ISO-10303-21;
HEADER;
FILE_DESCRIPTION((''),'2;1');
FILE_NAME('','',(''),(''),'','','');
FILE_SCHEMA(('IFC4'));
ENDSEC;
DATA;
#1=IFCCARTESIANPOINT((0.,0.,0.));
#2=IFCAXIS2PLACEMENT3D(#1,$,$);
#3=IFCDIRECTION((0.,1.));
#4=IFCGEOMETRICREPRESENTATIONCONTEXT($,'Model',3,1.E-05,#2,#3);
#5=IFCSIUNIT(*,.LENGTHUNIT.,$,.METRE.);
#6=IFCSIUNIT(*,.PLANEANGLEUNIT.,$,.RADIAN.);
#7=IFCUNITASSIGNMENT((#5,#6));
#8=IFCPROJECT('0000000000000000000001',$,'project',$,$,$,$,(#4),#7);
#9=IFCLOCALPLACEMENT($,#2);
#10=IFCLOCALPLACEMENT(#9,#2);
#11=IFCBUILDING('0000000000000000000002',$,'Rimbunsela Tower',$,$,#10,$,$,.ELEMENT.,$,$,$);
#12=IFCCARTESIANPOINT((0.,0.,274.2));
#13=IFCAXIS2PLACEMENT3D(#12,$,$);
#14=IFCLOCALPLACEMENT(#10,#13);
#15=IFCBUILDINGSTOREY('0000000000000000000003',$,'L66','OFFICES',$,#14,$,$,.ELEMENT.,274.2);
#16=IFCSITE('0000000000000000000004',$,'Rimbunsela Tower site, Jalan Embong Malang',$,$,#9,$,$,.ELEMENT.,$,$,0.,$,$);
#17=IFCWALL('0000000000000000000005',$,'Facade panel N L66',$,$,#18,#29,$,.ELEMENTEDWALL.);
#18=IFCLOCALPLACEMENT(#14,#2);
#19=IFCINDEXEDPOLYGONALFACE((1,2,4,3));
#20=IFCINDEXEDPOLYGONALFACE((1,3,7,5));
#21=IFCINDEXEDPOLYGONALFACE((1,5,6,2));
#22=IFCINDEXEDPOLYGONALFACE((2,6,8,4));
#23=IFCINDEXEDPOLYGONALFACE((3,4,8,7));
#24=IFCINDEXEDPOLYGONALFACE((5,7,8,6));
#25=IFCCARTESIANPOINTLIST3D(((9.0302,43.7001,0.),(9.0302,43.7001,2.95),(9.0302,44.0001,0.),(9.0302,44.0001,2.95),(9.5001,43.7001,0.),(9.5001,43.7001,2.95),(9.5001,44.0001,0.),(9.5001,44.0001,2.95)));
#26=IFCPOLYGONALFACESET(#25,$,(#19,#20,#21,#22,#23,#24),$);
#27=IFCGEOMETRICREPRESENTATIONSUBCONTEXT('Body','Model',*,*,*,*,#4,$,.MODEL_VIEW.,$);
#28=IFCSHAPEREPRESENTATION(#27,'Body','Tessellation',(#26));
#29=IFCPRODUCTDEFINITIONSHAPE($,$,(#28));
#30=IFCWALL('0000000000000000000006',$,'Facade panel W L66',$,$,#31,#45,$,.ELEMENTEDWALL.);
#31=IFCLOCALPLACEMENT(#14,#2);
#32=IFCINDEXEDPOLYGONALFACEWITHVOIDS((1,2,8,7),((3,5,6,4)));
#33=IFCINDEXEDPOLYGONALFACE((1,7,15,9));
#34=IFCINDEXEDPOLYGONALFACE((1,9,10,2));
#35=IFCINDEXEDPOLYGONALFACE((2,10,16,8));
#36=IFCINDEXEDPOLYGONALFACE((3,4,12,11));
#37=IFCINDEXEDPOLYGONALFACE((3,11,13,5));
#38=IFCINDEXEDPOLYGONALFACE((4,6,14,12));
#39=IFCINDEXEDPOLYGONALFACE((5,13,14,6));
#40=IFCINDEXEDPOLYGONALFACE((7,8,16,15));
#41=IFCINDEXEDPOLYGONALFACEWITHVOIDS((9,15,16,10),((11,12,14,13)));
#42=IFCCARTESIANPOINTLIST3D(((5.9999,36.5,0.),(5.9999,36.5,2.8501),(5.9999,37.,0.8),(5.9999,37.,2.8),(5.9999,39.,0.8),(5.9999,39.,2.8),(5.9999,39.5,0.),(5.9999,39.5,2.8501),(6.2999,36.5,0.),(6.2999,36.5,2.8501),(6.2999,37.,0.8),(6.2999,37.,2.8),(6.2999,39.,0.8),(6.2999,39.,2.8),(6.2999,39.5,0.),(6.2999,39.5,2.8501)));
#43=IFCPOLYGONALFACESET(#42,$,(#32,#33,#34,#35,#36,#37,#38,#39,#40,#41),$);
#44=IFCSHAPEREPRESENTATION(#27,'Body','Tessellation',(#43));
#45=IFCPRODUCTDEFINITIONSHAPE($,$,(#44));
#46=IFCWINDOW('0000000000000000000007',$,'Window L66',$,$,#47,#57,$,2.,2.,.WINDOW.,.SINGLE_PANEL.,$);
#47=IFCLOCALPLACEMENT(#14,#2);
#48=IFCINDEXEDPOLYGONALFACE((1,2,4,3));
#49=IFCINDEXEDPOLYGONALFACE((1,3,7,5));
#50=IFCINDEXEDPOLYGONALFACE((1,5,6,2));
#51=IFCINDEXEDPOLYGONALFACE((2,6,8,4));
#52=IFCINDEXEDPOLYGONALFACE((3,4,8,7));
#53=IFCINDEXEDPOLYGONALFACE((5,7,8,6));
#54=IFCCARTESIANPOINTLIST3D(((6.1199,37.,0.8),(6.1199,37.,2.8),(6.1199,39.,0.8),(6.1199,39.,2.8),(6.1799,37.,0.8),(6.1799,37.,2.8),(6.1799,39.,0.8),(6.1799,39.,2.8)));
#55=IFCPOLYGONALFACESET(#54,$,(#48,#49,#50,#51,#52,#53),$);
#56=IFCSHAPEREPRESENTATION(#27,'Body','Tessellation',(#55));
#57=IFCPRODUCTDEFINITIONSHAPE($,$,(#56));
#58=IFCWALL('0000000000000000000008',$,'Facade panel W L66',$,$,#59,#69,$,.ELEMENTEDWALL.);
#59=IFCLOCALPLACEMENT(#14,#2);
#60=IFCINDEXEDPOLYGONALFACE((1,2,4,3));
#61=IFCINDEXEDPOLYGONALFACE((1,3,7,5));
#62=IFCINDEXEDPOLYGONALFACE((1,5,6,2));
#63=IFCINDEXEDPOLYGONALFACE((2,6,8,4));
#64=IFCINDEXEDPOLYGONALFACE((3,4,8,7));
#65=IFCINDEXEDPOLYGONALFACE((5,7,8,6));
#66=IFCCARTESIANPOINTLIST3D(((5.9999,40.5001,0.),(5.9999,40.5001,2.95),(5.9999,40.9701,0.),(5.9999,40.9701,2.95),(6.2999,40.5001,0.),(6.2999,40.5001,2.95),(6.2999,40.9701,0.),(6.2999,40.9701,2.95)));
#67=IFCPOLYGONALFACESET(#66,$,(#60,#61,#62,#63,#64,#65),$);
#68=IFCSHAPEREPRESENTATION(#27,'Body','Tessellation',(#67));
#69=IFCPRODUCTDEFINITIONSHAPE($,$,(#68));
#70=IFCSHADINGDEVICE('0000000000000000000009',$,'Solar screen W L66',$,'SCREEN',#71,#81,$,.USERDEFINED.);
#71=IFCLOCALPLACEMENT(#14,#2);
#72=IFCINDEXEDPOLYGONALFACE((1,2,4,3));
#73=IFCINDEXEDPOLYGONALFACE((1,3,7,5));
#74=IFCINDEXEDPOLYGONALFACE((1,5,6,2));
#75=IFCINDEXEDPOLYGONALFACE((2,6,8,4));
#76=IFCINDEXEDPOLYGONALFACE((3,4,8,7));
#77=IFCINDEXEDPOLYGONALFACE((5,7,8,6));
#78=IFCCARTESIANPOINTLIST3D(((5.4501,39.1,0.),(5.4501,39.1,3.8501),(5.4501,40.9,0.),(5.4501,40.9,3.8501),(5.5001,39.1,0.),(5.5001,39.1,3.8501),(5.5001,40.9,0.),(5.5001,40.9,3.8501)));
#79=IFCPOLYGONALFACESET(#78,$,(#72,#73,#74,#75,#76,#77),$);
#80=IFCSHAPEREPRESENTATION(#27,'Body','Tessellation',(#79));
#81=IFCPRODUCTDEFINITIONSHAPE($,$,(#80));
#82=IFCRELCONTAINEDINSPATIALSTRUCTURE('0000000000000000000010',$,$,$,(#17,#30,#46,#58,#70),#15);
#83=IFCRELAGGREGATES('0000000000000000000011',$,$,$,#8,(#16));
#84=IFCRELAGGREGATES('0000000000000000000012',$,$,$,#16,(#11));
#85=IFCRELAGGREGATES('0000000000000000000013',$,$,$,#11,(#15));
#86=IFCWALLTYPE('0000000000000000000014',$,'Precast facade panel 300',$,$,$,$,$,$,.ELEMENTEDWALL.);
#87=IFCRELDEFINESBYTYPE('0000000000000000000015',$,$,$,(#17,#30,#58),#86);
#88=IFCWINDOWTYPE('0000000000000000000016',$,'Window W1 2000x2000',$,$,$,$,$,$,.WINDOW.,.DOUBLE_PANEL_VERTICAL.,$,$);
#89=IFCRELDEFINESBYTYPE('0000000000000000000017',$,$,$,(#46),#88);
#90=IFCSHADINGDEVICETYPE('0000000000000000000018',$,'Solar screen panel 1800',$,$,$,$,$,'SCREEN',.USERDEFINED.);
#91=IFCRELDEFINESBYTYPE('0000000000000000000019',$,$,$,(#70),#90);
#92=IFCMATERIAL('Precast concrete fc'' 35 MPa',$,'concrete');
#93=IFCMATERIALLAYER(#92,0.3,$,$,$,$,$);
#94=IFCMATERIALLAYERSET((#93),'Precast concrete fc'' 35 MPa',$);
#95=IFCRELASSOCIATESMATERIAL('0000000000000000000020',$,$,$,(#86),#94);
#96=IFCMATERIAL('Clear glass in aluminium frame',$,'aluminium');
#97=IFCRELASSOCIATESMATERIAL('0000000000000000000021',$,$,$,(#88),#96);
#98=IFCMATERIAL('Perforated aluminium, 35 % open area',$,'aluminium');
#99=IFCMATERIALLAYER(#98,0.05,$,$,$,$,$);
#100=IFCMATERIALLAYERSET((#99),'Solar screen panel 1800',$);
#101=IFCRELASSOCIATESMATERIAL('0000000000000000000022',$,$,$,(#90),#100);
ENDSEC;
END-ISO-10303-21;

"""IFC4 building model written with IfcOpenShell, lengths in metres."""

from ifc_helpers import new_model, si_unit, direction, frame, frame_2d, origin, origin_2d, place, context, subcontext, project, spatial, rectangle, extrude, material, layer, layer_set, type_object, element, fill, save


model = new_model("IFC4")

# Units and contexts
model_context = context("Model", 3, precision=1e-05, world=origin(), true_north=direction((0.0, 1.0)))
body_context = subcontext(model_context, "Body", "Model", "MODEL_VIEW")
ifc_project = project(units=[si_unit("LENGTHUNIT", "METRE"), si_unit("PLANEANGLEUNIT", "RADIAN")], contexts=[model_context])

# Site, building, storey
site_placement = place(None, origin())
site = spatial("IfcSite", under=ifc_project, at=site_placement, Name="Rimbunsela Tower site, Jalan Embong Malang", CompositionType="ELEMENT", RefElevation=0.0)
building_placement = place(site_placement, origin())
building = spatial("IfcBuilding", under=site, at=building_placement, Name="Rimbunsela Tower", CompositionType="ELEMENT")
storey_placement = place(building_placement, frame((0.0, 0.0, 274.2)))
storey = spatial("IfcBuildingStorey", under=building, at=storey_placement, Name="L66", Description="OFFICES", CompositionType="ELEMENT", Elevation=274.2)

# Wall
ifc_material_1 = material(Name="Precast concrete fc' 35 MPa", Category="concrete")
ifc_layer_1 = layer(ifc_material_1, 0.3)
ifc_layer_set_1 = layer_set([ifc_layer_1], Name="Precast concrete fc' 35 MPa")
wall_type = type_object("IfcWallType", Name="Precast facade panel 300", PredefinedType="ELEMENTEDWALL", material=ifc_layer_set_1)
wall_1_placement = place(storey_placement, frame((9.5, 43.8501, 0.0), z_axis=(0.0, 0.0, 1.0), x_axis=(-1.0, 0.0, 0.0)))
element("IfcWall", 1, at=wall_1_placement, inside=storey, type_object=wall_type, Name="Facade panel N L66", PredefinedType="ELEMENTEDWALL", context=body_context, shape_type="SweptSolid", body=[
    extrude(rectangle(XDim=0.47, YDim=0.3, at=frame_2d((0.2349, 0.0))), origin(), (0.0, 0.0, 1.0), 2.95),
])

# Wall, opening, window
wall_2_placement = place(storey_placement, frame((6.1499, 39.5, 0.0), z_axis=(0.0, 0.0, 1.0), x_axis=(0.0, -1.0, 0.0)))
wall_2 = element("IfcWall", 2, at=wall_2_placement, inside=storey, type_object=wall_type, Name="Facade panel W L66", PredefinedType="ELEMENTEDWALL", context=body_context, shape_type="SweptSolid", body=[
    extrude(rectangle(XDim=3.0, YDim=0.3, at=frame_2d((1.5, 0.0))), origin(), (0.0, 0.0, 1.0), 2.8501),
])
opening_placement = place(wall_2_placement, frame((0.5, 0.0, 0.8)))
opening = element("IfcOpeningElement", 3, at=opening_placement, cuts=wall_2, PredefinedType="OPENING", context=body_context, shape_type="SweptSolid", body=[
    extrude(rectangle(XDim=2.0, YDim=2.0, at=frame_2d((1.0, 1.0))), frame((0.0, 0.1599, 0.0), z_axis=(0.0, -1.0, 0.0), x_axis=(1.0, 0.0, 0.0)), (0.0, 0.0, 1.0), 0.3201),
])
ifc_material_2 = material(Name="Clear glass in aluminium frame", Category="aluminium")
window_type = type_object("IfcWindowType", Name="Window W1 2000x2000", PartitioningType="DOUBLE_PANEL_VERTICAL", PredefinedType="WINDOW", material=ifc_material_2)
window_placement = place(opening_placement, origin())
window = element("IfcWindow", 4, at=window_placement, inside=storey, type_object=window_type, Name="Window L66", OverallHeight=2.0, OverallWidth=2.0, PartitioningType="SINGLE_PANEL", PredefinedType="WINDOW", context=body_context, shape_type="SweptSolid", body=[
    extrude(rectangle(XDim=2.0, YDim=2.0, at=frame_2d((1.0, 1.0))), frame((0.0, 0.03, 0.0), z_axis=(0.0, -1.0, 0.0), x_axis=(1.0, 0.0, 0.0)), (0.0, 0.0, 1.0), 0.0601),
])
fill(opening, window)

# Wall
wall_3_placement = place(storey_placement, frame((6.1499, 40.97, 0.0), z_axis=(0.0, 0.0, 1.0), x_axis=(0.0, -1.0, 0.0)))
element("IfcWall", 5, at=wall_3_placement, inside=storey, type_object=wall_type, Name="Facade panel W L66", PredefinedType="ELEMENTEDWALL", context=body_context, shape_type="SweptSolid", body=[
    extrude(rectangle(XDim=0.47, YDim=0.3, at=frame_2d((0.2349, 0.0))), origin(), (0.0, 0.0, 1.0), 2.95),
])

# Shading device
ifc_material_3 = material(Name="Perforated aluminium, 35 % open area", Category="aluminium")
ifc_layer_2 = layer(ifc_material_3, 0.05)
ifc_layer_set_2 = layer_set([ifc_layer_2], Name="Solar screen panel 1800")
shading_device_type = type_object("IfcShadingDeviceType", Name="Solar screen panel 1800", ElementType="SCREEN", PredefinedType="USERDEFINED", material=ifc_layer_set_2)
shading_device_placement = place(storey_placement, frame((5.4751, 40.0, 0.0), z_axis=(0.0, 0.0, 1.0), x_axis=(0.0, 1.0, 0.0)))
element("IfcShadingDevice", 6, at=shading_device_placement, inside=storey, type_object=shading_device_type, Name="Solar screen W L66", ObjectType="SCREEN", PredefinedType="USERDEFINED", context=body_context, shape_type="SweptSolid", body=[
    extrude(rectangle(XDim=1.8, YDim=0.05, at=origin_2d()), origin(), (0.0, 0.0, 1.0), 3.8501),
])

save(model, "model.ifc")
